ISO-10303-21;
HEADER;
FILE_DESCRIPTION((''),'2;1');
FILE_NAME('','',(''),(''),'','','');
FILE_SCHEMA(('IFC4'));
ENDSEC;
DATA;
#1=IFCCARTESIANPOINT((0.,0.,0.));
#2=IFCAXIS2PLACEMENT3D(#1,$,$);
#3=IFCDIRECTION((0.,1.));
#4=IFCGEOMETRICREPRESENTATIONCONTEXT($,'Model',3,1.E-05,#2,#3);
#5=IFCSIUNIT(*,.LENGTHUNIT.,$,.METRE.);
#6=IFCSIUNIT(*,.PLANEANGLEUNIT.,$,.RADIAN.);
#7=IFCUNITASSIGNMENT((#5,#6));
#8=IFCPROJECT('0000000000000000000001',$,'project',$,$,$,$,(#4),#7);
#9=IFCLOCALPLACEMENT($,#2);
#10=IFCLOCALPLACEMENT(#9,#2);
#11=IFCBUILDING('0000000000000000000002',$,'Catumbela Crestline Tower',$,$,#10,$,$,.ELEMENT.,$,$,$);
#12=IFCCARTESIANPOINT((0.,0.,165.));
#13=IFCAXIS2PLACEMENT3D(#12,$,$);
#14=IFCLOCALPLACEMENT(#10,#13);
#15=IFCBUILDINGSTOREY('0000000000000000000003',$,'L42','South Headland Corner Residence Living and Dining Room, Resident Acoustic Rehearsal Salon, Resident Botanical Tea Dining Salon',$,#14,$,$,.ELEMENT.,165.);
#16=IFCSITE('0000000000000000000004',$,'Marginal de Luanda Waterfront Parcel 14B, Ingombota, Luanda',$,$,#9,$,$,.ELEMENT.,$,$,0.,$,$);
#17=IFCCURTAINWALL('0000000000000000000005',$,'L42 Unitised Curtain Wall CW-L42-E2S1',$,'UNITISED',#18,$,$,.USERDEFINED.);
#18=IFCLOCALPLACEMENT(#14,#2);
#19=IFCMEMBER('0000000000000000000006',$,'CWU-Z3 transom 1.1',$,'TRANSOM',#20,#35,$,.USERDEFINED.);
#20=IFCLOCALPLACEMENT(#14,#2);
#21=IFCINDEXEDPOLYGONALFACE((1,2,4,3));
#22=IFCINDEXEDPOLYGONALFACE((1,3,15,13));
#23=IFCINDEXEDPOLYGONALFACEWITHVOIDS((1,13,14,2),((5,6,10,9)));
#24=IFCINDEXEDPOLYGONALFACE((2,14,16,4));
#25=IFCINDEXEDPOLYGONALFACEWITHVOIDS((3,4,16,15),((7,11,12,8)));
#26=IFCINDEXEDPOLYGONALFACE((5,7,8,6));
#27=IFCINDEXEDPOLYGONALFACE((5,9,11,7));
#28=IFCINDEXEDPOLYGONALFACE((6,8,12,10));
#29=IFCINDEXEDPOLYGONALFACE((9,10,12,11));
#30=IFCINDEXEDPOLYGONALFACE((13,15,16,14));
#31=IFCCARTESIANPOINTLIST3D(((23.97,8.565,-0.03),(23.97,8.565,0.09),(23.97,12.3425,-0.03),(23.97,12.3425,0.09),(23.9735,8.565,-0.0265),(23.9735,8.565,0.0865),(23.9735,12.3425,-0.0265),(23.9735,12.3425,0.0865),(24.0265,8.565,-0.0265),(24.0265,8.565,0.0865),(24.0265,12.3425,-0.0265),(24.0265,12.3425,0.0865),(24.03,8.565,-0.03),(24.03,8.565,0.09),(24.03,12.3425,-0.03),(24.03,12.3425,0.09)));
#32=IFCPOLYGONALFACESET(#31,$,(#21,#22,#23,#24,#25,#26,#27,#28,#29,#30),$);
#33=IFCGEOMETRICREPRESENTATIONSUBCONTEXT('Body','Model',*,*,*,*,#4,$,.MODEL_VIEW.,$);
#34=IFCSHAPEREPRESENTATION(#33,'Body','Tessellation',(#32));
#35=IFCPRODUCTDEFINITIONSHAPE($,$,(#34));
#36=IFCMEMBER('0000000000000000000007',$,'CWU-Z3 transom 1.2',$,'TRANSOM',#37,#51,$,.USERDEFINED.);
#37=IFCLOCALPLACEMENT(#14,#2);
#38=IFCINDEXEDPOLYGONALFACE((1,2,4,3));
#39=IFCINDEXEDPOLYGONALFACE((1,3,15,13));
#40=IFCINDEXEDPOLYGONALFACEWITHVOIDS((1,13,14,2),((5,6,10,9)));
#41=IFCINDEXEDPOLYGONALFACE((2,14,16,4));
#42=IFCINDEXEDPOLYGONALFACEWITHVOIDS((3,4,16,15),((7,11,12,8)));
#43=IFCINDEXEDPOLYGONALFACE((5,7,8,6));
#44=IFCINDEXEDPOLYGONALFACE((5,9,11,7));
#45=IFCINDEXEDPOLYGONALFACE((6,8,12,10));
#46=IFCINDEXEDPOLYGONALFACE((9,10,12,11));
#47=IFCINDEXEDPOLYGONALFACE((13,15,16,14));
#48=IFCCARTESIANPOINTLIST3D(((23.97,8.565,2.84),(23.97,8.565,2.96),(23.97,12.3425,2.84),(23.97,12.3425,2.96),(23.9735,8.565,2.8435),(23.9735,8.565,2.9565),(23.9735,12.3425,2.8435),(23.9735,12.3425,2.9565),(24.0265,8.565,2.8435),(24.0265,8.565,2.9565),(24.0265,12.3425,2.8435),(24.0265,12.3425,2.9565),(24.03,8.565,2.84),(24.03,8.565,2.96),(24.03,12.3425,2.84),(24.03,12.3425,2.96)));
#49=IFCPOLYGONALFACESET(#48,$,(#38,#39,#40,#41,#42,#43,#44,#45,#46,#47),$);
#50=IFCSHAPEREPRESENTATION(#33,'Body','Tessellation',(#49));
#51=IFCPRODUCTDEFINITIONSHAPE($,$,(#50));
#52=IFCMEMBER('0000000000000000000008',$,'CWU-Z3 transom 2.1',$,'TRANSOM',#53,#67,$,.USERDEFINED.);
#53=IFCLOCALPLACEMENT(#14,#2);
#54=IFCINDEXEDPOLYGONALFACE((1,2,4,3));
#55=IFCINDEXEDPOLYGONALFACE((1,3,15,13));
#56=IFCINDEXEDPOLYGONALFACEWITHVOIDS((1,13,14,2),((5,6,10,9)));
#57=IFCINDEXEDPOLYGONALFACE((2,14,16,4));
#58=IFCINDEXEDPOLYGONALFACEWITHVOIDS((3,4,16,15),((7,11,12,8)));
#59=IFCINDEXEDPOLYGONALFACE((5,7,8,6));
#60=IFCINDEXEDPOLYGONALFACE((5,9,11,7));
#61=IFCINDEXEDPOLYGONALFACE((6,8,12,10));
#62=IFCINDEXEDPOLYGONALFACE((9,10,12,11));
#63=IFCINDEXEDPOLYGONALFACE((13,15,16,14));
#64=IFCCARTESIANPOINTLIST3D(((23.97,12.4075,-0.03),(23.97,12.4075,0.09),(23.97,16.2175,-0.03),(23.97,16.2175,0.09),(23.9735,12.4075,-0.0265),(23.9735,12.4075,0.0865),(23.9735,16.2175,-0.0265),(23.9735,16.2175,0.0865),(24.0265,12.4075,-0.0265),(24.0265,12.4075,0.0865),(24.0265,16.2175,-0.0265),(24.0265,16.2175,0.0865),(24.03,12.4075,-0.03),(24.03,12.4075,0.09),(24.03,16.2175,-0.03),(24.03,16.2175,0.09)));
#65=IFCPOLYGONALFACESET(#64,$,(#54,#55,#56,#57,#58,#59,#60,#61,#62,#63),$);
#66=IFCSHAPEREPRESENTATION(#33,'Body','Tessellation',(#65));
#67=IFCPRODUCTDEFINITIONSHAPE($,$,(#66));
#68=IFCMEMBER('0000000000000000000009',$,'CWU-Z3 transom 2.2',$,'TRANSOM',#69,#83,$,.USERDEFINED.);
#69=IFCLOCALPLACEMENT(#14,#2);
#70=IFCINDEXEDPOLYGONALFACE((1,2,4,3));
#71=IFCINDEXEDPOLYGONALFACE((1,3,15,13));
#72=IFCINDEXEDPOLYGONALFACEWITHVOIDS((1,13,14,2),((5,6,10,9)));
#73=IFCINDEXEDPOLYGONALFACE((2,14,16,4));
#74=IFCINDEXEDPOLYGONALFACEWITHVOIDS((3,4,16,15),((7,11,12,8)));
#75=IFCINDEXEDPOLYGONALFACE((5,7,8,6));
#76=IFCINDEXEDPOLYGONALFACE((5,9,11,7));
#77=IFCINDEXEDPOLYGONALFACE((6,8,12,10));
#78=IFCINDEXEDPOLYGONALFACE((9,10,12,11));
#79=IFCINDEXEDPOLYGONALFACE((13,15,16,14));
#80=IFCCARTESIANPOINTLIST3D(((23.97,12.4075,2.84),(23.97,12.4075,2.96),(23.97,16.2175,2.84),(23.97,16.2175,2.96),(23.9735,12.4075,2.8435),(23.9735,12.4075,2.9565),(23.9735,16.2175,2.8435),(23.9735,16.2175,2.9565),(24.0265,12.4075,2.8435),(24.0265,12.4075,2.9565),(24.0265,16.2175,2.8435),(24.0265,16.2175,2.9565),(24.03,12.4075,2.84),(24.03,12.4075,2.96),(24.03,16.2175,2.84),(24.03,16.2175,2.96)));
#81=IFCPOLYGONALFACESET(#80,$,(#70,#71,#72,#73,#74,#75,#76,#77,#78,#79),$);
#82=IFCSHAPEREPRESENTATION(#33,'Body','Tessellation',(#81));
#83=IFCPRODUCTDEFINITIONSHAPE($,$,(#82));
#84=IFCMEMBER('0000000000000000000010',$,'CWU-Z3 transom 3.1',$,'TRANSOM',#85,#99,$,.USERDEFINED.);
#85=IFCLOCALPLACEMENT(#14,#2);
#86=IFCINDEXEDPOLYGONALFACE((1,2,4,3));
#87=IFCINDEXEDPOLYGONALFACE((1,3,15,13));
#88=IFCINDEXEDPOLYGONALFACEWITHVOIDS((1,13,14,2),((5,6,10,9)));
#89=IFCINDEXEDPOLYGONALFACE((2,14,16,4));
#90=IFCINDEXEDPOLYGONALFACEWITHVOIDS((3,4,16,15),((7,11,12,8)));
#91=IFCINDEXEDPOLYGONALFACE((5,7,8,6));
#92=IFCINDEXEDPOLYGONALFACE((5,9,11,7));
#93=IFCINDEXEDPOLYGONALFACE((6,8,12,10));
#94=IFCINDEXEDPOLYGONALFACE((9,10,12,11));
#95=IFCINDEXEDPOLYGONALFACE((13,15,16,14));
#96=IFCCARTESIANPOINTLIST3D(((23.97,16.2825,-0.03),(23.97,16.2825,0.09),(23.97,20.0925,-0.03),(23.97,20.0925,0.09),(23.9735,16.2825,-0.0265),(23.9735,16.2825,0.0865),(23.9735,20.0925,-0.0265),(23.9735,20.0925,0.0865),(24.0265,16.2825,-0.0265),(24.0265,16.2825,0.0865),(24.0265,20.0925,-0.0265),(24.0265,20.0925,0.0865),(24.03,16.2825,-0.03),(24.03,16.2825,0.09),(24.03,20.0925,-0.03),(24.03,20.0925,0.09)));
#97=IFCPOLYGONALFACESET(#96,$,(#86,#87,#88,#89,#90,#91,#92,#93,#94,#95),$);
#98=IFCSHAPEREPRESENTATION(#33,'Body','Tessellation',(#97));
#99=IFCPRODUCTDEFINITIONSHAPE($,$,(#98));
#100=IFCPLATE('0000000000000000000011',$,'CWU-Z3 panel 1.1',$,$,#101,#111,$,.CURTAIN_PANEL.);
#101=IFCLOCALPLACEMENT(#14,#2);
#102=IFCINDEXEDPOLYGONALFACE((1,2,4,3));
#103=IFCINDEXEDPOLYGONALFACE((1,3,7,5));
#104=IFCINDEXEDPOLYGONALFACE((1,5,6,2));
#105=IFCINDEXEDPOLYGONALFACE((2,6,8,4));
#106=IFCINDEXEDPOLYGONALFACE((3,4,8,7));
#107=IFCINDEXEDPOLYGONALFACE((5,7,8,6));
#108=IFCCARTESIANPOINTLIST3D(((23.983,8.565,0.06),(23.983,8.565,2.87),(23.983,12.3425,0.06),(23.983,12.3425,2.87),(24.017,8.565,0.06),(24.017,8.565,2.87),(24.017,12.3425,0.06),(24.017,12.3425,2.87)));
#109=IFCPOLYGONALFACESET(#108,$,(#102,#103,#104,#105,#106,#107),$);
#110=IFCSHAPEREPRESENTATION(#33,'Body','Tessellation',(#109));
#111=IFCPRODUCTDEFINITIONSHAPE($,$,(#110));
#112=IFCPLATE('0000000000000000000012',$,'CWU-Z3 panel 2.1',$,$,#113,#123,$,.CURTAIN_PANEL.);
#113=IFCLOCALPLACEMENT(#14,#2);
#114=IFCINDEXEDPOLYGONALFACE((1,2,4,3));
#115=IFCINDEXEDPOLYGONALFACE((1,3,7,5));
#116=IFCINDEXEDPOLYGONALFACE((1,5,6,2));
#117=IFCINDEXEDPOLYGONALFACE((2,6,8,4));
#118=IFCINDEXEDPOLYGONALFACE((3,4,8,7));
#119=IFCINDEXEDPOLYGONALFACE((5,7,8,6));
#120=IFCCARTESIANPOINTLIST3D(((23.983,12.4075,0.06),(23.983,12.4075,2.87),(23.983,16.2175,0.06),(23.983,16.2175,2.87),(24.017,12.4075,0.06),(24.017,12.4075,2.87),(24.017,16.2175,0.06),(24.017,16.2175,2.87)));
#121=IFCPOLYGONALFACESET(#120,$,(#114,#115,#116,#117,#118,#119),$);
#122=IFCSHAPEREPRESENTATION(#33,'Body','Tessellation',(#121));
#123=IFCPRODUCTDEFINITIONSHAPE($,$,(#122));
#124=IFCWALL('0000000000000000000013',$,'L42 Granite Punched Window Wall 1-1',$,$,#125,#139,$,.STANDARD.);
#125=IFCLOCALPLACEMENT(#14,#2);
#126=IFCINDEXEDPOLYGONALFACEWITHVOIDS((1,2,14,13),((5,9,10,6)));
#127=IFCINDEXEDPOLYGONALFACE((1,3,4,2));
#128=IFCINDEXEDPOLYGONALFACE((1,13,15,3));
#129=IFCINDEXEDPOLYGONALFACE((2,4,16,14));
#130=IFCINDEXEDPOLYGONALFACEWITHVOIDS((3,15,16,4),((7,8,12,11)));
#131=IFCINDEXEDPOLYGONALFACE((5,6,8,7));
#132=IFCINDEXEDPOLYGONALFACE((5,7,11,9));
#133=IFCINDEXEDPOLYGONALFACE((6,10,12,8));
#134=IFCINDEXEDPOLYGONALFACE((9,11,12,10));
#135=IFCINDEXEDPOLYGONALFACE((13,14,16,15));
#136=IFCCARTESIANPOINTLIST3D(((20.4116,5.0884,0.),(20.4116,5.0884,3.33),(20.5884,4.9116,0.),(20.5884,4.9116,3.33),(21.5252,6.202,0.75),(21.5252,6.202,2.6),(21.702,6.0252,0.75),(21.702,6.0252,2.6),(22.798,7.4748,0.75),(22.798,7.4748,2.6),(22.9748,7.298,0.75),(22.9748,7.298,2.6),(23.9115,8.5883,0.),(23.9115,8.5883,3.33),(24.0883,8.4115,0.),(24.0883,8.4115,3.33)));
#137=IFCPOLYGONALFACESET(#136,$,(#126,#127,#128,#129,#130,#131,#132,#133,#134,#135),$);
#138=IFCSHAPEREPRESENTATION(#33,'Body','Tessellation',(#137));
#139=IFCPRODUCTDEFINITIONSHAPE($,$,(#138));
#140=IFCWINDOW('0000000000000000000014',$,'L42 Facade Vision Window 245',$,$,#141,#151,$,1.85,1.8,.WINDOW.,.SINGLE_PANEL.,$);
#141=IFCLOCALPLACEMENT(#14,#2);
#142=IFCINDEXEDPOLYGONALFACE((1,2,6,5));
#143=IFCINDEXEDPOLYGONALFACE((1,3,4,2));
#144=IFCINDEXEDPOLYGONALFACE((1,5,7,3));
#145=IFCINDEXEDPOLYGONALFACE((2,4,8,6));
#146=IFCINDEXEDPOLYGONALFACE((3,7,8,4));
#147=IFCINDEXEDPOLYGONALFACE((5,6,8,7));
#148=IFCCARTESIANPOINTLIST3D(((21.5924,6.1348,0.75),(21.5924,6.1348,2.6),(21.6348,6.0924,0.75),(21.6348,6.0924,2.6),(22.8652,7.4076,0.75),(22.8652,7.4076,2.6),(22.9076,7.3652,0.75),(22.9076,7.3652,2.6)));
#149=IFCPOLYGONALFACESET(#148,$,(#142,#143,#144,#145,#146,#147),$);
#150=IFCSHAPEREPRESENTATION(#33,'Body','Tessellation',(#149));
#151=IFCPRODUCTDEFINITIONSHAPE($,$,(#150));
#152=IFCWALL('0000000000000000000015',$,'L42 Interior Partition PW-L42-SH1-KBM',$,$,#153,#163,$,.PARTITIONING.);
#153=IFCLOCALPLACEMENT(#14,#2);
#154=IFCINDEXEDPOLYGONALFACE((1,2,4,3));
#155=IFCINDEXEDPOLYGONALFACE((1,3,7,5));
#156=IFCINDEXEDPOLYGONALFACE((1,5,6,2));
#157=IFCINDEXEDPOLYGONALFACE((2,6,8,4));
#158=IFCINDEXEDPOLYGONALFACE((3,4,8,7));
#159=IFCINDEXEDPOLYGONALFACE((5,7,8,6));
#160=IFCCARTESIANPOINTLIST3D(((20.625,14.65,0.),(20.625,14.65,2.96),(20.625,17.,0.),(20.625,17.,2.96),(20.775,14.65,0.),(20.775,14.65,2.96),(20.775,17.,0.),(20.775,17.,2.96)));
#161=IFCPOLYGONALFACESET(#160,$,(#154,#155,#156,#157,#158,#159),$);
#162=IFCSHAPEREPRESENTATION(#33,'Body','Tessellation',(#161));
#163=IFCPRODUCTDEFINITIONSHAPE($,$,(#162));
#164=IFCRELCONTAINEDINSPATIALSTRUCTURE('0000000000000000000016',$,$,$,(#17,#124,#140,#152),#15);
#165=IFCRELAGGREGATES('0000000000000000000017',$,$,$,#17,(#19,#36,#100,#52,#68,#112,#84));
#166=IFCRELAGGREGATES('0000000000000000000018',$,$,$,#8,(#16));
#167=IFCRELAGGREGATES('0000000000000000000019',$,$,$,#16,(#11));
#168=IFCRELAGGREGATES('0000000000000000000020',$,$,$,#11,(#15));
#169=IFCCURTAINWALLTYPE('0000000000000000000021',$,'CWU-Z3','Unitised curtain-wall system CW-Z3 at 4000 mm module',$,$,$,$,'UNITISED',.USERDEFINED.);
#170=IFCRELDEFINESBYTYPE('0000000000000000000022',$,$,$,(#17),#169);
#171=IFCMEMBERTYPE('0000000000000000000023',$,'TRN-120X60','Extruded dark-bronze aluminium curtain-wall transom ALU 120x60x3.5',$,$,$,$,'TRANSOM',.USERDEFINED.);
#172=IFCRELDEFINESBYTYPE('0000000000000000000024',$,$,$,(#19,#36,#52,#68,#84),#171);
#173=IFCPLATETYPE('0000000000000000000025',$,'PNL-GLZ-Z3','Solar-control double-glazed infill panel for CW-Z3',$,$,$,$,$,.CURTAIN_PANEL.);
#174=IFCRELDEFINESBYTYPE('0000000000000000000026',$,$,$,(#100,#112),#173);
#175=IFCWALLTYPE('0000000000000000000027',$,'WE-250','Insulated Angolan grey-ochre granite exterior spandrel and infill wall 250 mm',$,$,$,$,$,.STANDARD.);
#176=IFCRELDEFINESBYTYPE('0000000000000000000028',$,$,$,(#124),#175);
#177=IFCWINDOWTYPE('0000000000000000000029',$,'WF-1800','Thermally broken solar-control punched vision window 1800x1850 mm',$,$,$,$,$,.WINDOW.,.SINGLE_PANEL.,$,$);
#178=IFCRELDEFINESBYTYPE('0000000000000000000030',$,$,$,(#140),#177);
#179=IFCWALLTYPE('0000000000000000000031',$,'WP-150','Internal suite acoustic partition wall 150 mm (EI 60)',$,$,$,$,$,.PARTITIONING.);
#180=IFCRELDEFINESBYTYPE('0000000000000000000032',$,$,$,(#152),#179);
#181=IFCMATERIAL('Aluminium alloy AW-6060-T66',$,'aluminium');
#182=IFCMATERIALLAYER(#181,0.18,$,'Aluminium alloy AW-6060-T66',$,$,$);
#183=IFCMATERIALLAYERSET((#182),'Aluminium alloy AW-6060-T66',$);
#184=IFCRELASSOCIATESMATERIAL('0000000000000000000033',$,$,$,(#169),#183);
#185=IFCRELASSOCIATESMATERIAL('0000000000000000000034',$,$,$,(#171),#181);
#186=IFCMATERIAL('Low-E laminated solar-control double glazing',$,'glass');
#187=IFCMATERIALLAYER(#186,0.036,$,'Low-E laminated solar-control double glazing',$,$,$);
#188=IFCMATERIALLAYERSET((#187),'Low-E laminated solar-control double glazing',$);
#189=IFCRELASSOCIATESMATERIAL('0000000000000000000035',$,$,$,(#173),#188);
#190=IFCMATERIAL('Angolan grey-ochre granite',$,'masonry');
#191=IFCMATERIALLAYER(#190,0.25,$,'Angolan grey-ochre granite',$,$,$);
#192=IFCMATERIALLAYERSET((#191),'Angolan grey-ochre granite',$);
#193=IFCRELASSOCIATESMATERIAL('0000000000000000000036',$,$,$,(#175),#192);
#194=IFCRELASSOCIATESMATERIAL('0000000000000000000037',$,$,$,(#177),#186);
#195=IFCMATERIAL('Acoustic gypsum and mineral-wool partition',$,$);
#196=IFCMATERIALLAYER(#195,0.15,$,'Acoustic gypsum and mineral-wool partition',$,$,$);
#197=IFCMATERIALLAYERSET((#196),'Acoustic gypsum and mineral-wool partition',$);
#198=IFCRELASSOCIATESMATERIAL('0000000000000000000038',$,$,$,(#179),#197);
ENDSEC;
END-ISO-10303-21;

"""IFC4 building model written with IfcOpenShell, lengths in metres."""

from ifc_helpers import new_model, si_unit, direction, frame, frame_2d, origin, origin_2d, place, context, subcontext, project, spatial, rectangle, hollow_rectangle, extrude, material, layer, layer_set, material_profile, profile_set, type_object, element, fill, aggregate, save


model = new_model("IFC4")

# Units and contexts
model_context = context("Model", 3, precision=1e-05, world=origin(), true_north=direction((0.0, 1.0)))
body_context = subcontext(model_context, "Body", "Model", "MODEL_VIEW")
ifc_project = project(units=[si_unit("LENGTHUNIT", "METRE"), si_unit("PLANEANGLEUNIT", "RADIAN")], contexts=[model_context])

# Site, building, storey
site_placement = place(None, origin())
site = spatial("IfcSite", under=ifc_project, at=site_placement, Name="Marginal de Luanda Waterfront Parcel 14B, Ingombota, Luanda", CompositionType="ELEMENT", RefElevation=0.0)
building_placement = place(site_placement, origin())
building = spatial("IfcBuilding", under=site, at=building_placement, Name="Catumbela Crestline Tower", CompositionType="ELEMENT")
storey_placement = place(building_placement, frame((0.0, 0.0, 165.0)))
storey = spatial("IfcBuildingStorey", under=building, at=storey_placement, Name="L42", Description="South Headland Corner Residence Living and Dining Room, Resident Acoustic Rehearsal Salon, Resident Botanical Tea Dining Salon", CompositionType="ELEMENT", Elevation=165.0)

# Shared definitions
ifc_material_1 = material(Name="Aluminium alloy AW-6060-T66", Category="aluminium")
ifc_layer_1 = layer(ifc_material_1, 0.18, Name="Aluminium alloy AW-6060-T66")
ifc_layer_set_1 = layer_set([ifc_layer_1], Name="Aluminium alloy AW-6060-T66")
curtain_wall_type = type_object("IfcCurtainWallType", Name="CWU-Z3", Description="Unitised curtain-wall system CW-Z3 at 4000 mm module", ElementType="UNITISED", PredefinedType="USERDEFINED", material=ifc_layer_set_1)

# Curtain wall
curtain_wall_1_placement = place(storey_placement, origin())
curtain_wall_1 = element("IfcCurtainWall", 1, at=curtain_wall_1_placement, inside=storey, type_object=curtain_wall_type, Name="L42 Unitised Curtain Wall CW-L42-E2S1", ObjectType="UNITISED", PredefinedType="USERDEFINED")

# Members
ifc_material_profile_1 = material_profile(ifc_material_1, hollow_rectangle(XDim=0.06, YDim=0.12, WallThickness=0.0035, at=origin_2d()), Name="ALU 120x60x3.5")
ifc_profile_set_1 = profile_set([ifc_material_profile_1], Name="Aluminium alloy AW-6060-T66")
member_type_1 = type_object("IfcMemberType", Name="TRN-120X60", Description="Extruded dark-bronze aluminium curtain-wall transom ALU 120x60x3.5", ElementType="TRANSOM", PredefinedType="USERDEFINED", material=ifc_profile_set_1)
member_1_placement = place(storey_placement, frame((24.0, 8.565, 0.03), z_axis=(0.0, 1.0, 0.0), x_axis=(-1.0, 0.0, 0.0)))
member_1 = element("IfcMember", 2, at=member_1_placement, type_object=member_type_1, Name="CWU-Z3 transom 1.1", ObjectType="TRANSOM", PredefinedType="USERDEFINED", context=body_context, shape_type="SweptSolid", body=[
    extrude(hollow_rectangle(XDim=0.06, YDim=0.12, WallThickness=0.0035, at=origin_2d()), origin(), (0.0, 0.0, 1.0), 3.7775),
])
member_2_placement = place(storey_placement, frame((24.0, 8.565, 2.9), z_axis=(0.0, 1.0, 0.0), x_axis=(-1.0, 0.0, 0.0)))
member_2 = element("IfcMember", 3, at=member_2_placement, type_object=member_type_1, Name="CWU-Z3 transom 1.2", ObjectType="TRANSOM", PredefinedType="USERDEFINED", context=body_context, shape_type="SweptSolid", body=[
    extrude(hollow_rectangle(XDim=0.06, YDim=0.12, WallThickness=0.0035, at=origin_2d()), origin(), (0.0, 0.0, 1.0), 3.7775),
])
member_3_placement = place(storey_placement, frame((24.0, 12.4075, 0.03), z_axis=(0.0, 1.0, 0.0), x_axis=(-1.0, 0.0, 0.0)))
member_3 = element("IfcMember", 4, at=member_3_placement, type_object=member_type_1, Name="CWU-Z3 transom 2.1", ObjectType="TRANSOM", PredefinedType="USERDEFINED", context=body_context, shape_type="SweptSolid", body=[
    extrude(hollow_rectangle(XDim=0.06, YDim=0.12, WallThickness=0.0035, at=origin_2d()), origin(), (0.0, 0.0, 1.0), 3.81),
])
member_4_placement = place(storey_placement, frame((24.0, 12.4075, 2.9), z_axis=(0.0, 1.0, 0.0), x_axis=(-1.0, 0.0, 0.0)))
member_4 = element("IfcMember", 5, at=member_4_placement, type_object=member_type_1, Name="CWU-Z3 transom 2.2", ObjectType="TRANSOM", PredefinedType="USERDEFINED", context=body_context, shape_type="SweptSolid", body=[
    extrude(hollow_rectangle(XDim=0.06, YDim=0.12, WallThickness=0.0035, at=origin_2d()), origin(), (0.0, 0.0, 1.0), 3.81),
])
member_5_placement = place(storey_placement, frame((24.0, 16.2825, 0.03), z_axis=(0.0, 1.0, 0.0), x_axis=(-1.0, 0.0, 0.0)))
member_5 = element("IfcMember", 6, at=member_5_placement, type_object=member_type_1, Name="CWU-Z3 transom 3.1", ObjectType="TRANSOM", PredefinedType="USERDEFINED", context=body_context, shape_type="SweptSolid", body=[
    extrude(hollow_rectangle(XDim=0.06, YDim=0.12, WallThickness=0.0035, at=origin_2d()), origin(), (0.0, 0.0, 1.0), 3.81),
])

# Plates
ifc_material_2 = material(Name="Low-E laminated solar-control double glazing", Category="glass")
ifc_layer_2 = layer(ifc_material_2, 0.036, Name="Low-E laminated solar-control double glazing")
ifc_layer_set_2 = layer_set([ifc_layer_2], Name="Low-E laminated solar-control double glazing")
plate_type = type_object("IfcPlateType", Name="PNL-GLZ-Z3", Description="Solar-control double-glazed infill panel for CW-Z3", PredefinedType="CURTAIN_PANEL", material=ifc_layer_set_2)
plate_1_placement = place(storey_placement, frame((24.0, 10.4538, 0.06), z_axis=(0.0, 0.0, 1.0), x_axis=(0.0, 1.0, 0.0)))
plate_1 = element("IfcPlate", 7, at=plate_1_placement, type_object=plate_type, Name="CWU-Z3 panel 1.1", PredefinedType="CURTAIN_PANEL", context=body_context, shape_type="SweptSolid", body=[
    extrude(rectangle(XDim=3.7775, YDim=0.034, at=origin_2d()), origin(), (0.0, 0.0, 1.0), 2.81),
])
plate_2_placement = place(storey_placement, frame((24.0, 14.3125, 0.06), z_axis=(0.0, 0.0, 1.0), x_axis=(0.0, 1.0, 0.0)))
plate_2 = element("IfcPlate", 8, at=plate_2_placement, type_object=plate_type, Name="CWU-Z3 panel 2.1", PredefinedType="CURTAIN_PANEL", context=body_context, shape_type="SweptSolid", body=[
    extrude(rectangle(XDim=3.81, YDim=0.034, at=origin_2d()), origin(), (0.0, 0.0, 1.0), 2.81),
])
aggregate(curtain_wall_1, [member_1, member_2, plate_1, member_3, member_4, plate_2, member_5])

# Wall, opening, window
ifc_material_3 = material(Name="Angolan grey-ochre granite", Category="masonry")
ifc_layer_3 = layer(ifc_material_3, 0.25, Name="Angolan grey-ochre granite")
ifc_layer_set_3 = layer_set([ifc_layer_3], Name="Angolan grey-ochre granite")
wall_type_1 = type_object("IfcWallType", Name="WE-250", Description="Insulated Angolan grey-ochre granite exterior spandrel and infill wall 250 mm", PredefinedType="STANDARD", material=ifc_layer_set_3)
wall_1_placement = place(storey_placement, frame((20.5, 5.0, 0.0), z_axis=(0.0, 0.0, 1.0), x_axis=(0.707107, 0.707107, 0.0)))
wall_1 = element("IfcWall", 9, at=wall_1_placement, inside=storey, type_object=wall_type_1, Name="L42 Granite Punched Window Wall 1-1", PredefinedType="STANDARD", context=body_context, shape_type="SweptSolid", body=[
    extrude(rectangle(XDim=4.9497, YDim=0.25, at=frame_2d((2.4748, 0.0))), origin(), (0.0, 0.0, 1.0), 3.33),
])
opening_1_placement = place(wall_1_placement, frame((1.5749, 0.0, 0.75)))
opening_1 = element("IfcOpeningElement", 10, at=opening_1_placement, cuts=wall_1, PredefinedType="OPENING", context=body_context, shape_type="SweptSolid", body=[
    extrude(rectangle(XDim=1.8, YDim=1.85, at=frame_2d((0.9, 0.925))), frame((0.0, 0.135, 0.0), z_axis=(0.0, -1.0, 0.0), x_axis=(1.0, 0.0, 0.0)), (0.0, 0.0, 1.0), 0.27),
])
window_type = type_object("IfcWindowType", Name="WF-1800", Description="Thermally broken solar-control punched vision window 1800x1850 mm", PartitioningType="SINGLE_PANEL", PredefinedType="WINDOW", material=ifc_material_2)
window_placement = place(opening_1_placement, origin())
window = element("IfcWindow", 11, at=window_placement, inside=storey, type_object=window_type, Name="L42 Facade Vision Window 245", OverallHeight=1.85, OverallWidth=1.8, PartitioningType="SINGLE_PANEL", PredefinedType="WINDOW", context=body_context, shape_type="SweptSolid", body=[
    extrude(rectangle(XDim=1.8, YDim=1.85, at=frame_2d((0.9, 0.925))), frame((0.0, 0.03, 0.0), z_axis=(0.0, -1.0, 0.0), x_axis=(1.0, 0.0, 0.0)), (0.0, 0.0, 1.0), 0.06),
])
fill(opening_1, window)

# Wall
ifc_material_4 = material(Name="Acoustic gypsum and mineral-wool partition")
ifc_layer_4 = layer(ifc_material_4, 0.15, Name="Acoustic gypsum and mineral-wool partition")
ifc_layer_set_4 = layer_set([ifc_layer_4], Name="Acoustic gypsum and mineral-wool partition")
wall_type_2 = type_object("IfcWallType", Name="WP-150", Description="Internal suite acoustic partition wall 150 mm (EI 60)", PredefinedType="PARTITIONING", material=ifc_layer_set_4)
wall_2_placement = place(storey_placement, frame((20.7, 14.65, 0.0), z_axis=(0.0, 0.0, 1.0), x_axis=(0.0, 1.0, 0.0)))
element("IfcWall", 12, at=wall_2_placement, inside=storey, type_object=wall_type_2, Name="L42 Interior Partition PW-L42-SH1-KBM", PredefinedType="PARTITIONING", context=body_context, shape_type="SweptSolid", body=[
    extrude(rectangle(XDim=2.35, YDim=0.15, at=frame_2d((1.175, 0.0))), origin(), (0.0, 0.0, 1.0), 2.96),
])

save(model, "model.ifc")
